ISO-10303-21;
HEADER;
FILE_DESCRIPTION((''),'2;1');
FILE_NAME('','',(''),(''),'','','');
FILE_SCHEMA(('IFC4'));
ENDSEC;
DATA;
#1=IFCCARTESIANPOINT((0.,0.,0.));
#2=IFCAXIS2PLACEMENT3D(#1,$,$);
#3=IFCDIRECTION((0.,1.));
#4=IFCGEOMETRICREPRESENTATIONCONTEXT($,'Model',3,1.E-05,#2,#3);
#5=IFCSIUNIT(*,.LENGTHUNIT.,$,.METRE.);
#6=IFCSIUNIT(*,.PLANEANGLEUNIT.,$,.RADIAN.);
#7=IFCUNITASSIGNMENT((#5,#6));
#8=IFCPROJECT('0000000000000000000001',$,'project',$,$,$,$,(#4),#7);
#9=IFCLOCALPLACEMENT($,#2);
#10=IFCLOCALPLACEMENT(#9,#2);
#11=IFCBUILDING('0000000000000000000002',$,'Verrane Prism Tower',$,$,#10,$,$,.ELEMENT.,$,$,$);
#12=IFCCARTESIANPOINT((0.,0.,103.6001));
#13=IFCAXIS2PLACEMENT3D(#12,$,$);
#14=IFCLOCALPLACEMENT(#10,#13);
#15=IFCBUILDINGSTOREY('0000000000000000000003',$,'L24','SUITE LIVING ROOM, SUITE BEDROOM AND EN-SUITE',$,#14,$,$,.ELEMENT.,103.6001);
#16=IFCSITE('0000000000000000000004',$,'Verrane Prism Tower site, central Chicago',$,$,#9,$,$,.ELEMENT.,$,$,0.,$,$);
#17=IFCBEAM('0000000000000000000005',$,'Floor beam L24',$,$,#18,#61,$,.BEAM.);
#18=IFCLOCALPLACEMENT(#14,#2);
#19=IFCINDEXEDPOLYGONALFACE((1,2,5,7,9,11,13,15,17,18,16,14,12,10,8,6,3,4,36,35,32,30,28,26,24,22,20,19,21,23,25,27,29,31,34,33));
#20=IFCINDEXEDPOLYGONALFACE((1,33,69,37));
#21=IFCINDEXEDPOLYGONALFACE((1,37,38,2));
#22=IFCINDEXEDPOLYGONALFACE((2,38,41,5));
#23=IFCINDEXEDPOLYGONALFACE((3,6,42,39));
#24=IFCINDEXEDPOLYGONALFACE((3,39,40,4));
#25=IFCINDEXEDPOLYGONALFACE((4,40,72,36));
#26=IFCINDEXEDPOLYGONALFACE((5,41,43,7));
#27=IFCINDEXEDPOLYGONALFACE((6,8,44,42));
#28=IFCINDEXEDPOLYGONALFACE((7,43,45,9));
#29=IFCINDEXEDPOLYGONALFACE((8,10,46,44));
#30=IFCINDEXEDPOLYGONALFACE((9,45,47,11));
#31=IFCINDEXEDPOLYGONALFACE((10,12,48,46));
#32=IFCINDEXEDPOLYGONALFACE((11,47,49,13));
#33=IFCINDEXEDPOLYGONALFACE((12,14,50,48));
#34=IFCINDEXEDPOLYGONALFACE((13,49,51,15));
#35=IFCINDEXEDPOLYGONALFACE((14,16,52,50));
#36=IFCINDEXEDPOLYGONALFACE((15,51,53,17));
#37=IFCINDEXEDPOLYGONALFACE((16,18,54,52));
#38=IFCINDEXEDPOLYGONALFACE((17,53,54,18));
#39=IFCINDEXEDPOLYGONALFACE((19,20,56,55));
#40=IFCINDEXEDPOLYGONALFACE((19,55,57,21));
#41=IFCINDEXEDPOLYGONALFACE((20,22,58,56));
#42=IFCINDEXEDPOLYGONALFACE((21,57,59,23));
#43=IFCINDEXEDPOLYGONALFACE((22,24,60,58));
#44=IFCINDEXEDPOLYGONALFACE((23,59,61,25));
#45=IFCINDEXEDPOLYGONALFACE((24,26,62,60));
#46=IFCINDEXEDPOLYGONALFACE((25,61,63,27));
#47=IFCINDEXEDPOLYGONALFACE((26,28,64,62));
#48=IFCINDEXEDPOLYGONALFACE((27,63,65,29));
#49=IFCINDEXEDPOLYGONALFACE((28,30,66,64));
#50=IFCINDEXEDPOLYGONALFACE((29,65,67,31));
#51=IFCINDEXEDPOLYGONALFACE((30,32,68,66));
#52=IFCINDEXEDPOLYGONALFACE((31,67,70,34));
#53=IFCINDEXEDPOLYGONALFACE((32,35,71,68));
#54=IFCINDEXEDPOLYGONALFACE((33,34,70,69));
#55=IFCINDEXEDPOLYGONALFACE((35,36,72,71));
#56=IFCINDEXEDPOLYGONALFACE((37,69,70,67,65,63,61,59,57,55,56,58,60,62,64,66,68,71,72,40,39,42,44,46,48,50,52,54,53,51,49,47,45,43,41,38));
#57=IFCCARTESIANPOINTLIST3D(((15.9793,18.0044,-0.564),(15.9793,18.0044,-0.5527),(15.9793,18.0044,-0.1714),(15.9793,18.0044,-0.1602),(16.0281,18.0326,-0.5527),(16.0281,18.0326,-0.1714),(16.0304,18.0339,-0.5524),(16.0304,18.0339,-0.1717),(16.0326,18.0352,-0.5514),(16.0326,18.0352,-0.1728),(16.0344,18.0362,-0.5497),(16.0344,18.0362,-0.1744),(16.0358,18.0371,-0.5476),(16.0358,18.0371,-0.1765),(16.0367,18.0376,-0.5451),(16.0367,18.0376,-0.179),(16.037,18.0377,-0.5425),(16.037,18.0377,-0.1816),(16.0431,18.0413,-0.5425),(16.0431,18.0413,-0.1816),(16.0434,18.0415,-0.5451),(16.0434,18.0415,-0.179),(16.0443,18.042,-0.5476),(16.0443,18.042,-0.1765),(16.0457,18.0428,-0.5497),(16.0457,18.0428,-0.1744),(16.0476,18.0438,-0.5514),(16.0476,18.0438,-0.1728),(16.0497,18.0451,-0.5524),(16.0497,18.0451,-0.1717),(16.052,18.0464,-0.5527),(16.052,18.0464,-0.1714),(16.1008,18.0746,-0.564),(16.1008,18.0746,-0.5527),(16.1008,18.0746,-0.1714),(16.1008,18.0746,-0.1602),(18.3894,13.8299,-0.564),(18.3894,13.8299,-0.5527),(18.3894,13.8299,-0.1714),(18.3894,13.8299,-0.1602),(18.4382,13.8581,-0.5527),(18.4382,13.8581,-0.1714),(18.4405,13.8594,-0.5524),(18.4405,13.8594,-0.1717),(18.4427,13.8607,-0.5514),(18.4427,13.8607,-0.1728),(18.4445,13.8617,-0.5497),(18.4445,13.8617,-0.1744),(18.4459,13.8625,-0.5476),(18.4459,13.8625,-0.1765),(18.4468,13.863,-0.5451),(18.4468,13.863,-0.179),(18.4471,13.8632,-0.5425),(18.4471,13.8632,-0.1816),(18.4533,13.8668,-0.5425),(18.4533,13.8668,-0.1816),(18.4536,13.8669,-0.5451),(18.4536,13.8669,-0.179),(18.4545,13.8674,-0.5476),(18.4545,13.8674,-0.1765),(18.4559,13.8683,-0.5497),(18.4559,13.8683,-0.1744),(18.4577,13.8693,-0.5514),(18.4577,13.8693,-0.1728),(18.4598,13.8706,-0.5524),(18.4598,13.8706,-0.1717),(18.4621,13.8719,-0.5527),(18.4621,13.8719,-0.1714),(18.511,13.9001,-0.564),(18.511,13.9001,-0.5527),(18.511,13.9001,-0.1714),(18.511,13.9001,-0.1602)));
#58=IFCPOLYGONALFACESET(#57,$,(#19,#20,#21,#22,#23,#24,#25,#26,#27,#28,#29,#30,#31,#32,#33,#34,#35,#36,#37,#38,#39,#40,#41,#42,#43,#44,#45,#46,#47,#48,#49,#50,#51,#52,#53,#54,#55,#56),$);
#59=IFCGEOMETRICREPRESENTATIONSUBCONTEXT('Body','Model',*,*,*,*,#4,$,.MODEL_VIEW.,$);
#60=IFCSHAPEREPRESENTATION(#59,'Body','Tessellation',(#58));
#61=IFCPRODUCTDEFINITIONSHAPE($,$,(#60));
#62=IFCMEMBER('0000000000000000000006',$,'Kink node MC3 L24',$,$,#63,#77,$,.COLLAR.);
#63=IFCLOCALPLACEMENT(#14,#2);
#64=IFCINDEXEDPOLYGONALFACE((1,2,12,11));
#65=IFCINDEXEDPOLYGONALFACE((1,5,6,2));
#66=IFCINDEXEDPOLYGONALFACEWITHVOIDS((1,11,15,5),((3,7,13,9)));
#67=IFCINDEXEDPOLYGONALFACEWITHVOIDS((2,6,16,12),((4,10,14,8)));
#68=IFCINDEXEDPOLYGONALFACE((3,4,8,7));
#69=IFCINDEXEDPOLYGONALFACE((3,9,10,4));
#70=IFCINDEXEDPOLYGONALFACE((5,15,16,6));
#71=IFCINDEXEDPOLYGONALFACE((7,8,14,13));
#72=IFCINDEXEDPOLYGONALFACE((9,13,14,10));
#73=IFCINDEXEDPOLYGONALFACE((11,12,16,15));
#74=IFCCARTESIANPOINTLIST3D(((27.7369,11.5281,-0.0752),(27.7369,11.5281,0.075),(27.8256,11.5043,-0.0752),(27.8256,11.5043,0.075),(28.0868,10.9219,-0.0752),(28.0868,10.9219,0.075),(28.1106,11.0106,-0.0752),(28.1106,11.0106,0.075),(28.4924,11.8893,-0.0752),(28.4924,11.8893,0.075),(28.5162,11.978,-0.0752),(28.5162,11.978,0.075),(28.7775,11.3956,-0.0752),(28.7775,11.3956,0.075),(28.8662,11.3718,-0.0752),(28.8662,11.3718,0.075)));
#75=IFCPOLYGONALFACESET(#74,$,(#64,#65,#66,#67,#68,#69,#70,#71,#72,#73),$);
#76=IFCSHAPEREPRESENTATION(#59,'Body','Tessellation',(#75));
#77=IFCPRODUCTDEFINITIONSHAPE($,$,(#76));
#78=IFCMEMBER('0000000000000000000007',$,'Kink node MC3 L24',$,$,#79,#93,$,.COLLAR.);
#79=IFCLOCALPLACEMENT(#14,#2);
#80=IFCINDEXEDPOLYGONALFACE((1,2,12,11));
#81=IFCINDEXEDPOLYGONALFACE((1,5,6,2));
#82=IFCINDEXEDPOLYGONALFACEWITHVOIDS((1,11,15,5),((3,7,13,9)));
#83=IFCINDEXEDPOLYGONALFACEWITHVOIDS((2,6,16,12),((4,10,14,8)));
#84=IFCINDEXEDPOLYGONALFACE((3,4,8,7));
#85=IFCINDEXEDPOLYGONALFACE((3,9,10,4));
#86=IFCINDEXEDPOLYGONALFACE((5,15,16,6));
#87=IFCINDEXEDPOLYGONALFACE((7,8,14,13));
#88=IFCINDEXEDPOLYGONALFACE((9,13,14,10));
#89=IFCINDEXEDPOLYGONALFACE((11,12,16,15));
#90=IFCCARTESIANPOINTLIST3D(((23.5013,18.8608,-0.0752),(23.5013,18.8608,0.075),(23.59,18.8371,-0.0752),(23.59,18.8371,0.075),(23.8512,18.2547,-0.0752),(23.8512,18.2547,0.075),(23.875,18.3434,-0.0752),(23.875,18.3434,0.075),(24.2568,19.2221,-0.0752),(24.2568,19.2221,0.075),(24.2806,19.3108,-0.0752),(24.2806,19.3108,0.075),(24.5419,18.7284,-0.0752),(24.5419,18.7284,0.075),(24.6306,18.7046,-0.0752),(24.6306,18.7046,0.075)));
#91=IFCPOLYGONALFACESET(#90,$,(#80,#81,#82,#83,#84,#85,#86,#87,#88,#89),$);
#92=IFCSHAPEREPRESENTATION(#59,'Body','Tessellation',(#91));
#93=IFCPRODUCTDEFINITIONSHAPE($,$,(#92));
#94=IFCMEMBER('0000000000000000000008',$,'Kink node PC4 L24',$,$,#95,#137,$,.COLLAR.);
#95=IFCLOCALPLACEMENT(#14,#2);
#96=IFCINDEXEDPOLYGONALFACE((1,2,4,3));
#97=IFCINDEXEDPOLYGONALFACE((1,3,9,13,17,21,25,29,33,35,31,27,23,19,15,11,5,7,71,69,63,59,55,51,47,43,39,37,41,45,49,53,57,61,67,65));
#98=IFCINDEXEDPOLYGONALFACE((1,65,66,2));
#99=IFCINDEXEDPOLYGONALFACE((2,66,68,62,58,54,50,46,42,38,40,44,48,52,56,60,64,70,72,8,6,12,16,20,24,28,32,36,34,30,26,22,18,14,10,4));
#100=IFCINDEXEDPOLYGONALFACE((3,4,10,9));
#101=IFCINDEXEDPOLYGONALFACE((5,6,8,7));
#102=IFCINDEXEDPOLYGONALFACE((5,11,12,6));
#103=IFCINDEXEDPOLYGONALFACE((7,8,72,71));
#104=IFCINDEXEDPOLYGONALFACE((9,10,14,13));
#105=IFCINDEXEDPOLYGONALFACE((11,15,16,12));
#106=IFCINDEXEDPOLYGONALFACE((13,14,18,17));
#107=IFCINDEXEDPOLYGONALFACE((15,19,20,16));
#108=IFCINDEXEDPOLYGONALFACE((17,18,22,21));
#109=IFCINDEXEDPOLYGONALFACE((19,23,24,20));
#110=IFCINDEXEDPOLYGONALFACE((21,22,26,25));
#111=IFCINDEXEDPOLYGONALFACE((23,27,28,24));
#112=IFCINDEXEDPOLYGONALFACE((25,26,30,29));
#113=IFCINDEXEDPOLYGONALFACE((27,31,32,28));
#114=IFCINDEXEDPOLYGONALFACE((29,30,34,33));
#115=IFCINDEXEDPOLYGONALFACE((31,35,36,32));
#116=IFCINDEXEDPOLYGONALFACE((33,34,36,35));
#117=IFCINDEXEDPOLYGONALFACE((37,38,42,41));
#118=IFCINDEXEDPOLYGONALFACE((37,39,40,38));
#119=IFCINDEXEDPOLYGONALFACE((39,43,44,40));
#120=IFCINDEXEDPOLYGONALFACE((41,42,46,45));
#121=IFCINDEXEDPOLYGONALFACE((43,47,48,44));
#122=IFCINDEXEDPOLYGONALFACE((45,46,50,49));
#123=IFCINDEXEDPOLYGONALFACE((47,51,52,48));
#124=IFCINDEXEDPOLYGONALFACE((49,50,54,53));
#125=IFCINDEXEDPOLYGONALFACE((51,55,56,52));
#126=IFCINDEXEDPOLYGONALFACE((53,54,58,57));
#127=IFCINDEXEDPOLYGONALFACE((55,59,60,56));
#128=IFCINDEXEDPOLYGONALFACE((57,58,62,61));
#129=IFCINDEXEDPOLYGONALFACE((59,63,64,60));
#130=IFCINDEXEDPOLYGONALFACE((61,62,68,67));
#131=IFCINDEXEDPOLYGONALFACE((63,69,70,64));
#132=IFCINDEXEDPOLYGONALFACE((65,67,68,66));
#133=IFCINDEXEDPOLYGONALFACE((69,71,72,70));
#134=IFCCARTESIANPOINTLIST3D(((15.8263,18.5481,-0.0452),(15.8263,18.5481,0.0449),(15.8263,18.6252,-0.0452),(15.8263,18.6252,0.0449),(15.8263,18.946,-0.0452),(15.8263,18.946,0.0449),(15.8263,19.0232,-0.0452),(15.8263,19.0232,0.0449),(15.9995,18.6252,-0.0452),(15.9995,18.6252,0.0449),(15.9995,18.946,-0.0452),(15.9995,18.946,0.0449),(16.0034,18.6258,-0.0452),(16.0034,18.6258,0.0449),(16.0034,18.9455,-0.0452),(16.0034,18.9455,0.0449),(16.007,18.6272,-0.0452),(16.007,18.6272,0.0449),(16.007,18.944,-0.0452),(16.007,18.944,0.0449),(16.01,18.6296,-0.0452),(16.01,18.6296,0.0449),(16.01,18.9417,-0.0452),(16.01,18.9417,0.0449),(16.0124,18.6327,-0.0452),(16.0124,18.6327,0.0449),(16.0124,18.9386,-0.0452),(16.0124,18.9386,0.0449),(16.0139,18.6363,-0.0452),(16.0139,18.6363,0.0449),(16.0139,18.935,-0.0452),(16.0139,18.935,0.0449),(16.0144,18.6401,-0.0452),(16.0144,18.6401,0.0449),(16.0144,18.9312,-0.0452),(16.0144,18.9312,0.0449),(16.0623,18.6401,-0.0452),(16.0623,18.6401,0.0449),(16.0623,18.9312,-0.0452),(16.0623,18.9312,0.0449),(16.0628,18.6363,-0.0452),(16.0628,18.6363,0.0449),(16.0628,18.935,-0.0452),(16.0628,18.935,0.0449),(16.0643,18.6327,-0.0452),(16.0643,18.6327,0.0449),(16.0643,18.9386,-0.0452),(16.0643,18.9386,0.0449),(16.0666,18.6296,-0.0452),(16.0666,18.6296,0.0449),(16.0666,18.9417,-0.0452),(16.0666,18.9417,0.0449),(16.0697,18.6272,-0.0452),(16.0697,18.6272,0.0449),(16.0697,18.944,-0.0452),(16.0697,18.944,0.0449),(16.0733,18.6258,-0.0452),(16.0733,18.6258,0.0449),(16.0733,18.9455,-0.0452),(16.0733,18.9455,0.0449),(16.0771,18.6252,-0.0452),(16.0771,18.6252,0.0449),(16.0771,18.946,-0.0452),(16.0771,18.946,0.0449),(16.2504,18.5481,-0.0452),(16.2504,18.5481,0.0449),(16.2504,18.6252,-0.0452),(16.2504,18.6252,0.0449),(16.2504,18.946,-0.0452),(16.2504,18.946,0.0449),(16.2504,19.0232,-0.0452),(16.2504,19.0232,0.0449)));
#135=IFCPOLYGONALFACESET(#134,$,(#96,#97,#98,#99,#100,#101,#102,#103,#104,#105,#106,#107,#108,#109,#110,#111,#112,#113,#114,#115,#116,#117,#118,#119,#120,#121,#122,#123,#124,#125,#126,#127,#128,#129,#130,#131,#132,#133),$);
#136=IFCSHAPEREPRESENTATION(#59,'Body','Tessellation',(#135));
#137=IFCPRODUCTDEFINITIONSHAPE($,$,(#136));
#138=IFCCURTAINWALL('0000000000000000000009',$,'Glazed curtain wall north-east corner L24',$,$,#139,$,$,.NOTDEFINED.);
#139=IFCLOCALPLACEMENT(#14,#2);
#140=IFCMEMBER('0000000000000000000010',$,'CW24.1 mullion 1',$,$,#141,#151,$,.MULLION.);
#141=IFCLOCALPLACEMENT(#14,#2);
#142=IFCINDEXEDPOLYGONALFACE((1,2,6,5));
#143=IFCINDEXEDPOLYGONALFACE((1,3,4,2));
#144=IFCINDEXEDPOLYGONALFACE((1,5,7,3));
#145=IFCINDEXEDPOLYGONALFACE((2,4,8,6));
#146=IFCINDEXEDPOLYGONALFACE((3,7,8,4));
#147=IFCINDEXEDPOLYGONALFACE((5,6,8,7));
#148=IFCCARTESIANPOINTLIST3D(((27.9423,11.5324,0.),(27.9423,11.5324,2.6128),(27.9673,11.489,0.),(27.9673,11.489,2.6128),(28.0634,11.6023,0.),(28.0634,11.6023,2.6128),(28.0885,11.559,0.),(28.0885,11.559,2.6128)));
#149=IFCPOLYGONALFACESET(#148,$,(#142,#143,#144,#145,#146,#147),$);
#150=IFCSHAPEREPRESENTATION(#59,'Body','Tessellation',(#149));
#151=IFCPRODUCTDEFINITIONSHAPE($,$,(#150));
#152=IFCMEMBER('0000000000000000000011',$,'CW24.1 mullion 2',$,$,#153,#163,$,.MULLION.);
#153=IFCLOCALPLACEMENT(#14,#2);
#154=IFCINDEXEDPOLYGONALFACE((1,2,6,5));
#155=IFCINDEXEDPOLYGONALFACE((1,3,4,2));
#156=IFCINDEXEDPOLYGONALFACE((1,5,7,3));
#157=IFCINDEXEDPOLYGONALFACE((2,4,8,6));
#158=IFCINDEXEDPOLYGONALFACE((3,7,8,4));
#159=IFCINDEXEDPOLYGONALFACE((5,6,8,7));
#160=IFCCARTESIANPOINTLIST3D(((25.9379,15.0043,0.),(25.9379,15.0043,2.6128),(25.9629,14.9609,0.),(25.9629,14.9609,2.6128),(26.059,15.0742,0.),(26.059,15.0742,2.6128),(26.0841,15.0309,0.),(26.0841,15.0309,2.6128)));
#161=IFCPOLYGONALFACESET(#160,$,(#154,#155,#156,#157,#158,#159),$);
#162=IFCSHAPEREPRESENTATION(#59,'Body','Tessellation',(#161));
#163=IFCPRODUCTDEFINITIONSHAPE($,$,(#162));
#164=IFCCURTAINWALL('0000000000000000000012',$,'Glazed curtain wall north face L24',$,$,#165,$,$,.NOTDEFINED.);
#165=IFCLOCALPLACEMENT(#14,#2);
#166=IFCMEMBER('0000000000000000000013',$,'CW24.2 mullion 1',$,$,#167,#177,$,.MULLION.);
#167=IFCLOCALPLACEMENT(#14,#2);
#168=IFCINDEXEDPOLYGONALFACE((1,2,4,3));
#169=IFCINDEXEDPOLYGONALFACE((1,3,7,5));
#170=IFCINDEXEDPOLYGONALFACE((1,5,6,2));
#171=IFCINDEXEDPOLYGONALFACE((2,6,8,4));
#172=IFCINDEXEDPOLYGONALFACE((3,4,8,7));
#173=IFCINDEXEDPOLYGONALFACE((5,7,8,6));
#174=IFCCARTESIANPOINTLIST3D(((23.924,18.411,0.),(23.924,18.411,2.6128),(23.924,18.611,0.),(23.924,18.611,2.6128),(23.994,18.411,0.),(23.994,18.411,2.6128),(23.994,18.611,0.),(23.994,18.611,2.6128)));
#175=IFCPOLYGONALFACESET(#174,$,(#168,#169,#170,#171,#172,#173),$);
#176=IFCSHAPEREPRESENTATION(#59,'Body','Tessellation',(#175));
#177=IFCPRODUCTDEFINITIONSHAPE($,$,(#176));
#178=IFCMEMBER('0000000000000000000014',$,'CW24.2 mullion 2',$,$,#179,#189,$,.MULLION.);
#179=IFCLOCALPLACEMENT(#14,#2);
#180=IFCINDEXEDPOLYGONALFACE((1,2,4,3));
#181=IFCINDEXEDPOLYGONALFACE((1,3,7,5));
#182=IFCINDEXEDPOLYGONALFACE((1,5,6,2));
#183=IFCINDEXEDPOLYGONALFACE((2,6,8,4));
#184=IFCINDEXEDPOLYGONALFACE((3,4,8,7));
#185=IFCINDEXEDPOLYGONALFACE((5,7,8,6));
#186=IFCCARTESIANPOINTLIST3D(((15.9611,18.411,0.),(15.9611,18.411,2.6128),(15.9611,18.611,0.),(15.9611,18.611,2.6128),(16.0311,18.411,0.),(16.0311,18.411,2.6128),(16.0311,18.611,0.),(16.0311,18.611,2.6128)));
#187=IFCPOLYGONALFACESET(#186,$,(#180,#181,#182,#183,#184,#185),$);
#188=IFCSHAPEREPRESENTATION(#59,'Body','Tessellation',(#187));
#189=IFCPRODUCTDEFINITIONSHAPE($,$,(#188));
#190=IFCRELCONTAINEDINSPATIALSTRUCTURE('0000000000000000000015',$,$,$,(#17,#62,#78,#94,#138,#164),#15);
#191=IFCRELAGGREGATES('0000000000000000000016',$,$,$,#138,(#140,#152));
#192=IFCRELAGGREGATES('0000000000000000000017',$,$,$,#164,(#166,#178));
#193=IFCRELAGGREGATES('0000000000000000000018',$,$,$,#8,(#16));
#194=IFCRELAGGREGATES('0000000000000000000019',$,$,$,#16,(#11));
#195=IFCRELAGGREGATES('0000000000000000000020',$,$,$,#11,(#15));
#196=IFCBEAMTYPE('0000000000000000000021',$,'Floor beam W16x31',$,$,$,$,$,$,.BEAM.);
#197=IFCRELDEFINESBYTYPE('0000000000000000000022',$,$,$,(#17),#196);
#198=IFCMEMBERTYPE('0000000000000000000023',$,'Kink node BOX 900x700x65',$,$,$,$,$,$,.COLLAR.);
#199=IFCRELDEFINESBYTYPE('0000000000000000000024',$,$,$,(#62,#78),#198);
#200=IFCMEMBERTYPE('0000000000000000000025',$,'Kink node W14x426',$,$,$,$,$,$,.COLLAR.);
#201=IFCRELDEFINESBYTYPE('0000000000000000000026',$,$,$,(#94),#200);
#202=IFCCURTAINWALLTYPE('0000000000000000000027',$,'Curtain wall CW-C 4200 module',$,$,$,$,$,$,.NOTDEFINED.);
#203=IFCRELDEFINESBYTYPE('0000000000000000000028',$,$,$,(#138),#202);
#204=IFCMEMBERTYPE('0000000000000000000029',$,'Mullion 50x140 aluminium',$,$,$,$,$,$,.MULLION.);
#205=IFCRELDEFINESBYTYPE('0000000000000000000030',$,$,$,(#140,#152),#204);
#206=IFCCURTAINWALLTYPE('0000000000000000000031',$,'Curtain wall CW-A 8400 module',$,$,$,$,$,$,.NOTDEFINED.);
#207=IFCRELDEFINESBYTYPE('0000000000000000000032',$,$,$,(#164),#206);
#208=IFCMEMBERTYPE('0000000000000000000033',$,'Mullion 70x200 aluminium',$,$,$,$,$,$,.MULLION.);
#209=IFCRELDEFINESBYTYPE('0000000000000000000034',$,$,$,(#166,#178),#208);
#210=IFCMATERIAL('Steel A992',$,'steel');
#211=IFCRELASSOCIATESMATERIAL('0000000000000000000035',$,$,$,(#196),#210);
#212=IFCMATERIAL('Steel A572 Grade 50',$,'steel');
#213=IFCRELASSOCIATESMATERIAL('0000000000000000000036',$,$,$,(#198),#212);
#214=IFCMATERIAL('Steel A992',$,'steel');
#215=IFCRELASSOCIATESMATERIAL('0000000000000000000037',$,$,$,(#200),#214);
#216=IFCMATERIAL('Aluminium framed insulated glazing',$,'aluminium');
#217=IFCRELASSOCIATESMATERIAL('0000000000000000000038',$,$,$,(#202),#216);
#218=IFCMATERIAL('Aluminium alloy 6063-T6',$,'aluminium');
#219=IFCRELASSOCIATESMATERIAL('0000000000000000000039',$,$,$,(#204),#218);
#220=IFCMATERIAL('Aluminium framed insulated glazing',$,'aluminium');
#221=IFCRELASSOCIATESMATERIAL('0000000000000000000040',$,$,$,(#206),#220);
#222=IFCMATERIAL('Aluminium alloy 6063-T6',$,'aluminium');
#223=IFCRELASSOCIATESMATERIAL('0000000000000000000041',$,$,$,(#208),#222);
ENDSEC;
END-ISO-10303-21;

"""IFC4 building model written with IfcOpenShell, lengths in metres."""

from ifc_helpers import new_model, si_unit, direction, frame, origin, origin_2d, place, context, subcontext, project, spatial, rectangle, hollow_rectangle, i_section, extrude, material, material_profile, profile_set, type_object, element, aggregate, save


model = new_model("IFC4")

# Units and contexts
model_context = context("Model", 3, precision=1e-05, world=origin(), true_north=direction((0.0, 1.0)))
body_context = subcontext(model_context, "Body", "Model", "MODEL_VIEW")
ifc_project = project(units=[si_unit("LENGTHUNIT", "METRE"), si_unit("PLANEANGLEUNIT", "RADIAN")], contexts=[model_context])

# Site, building, storey
site_placement = place(None, origin())
site = spatial("IfcSite", under=ifc_project, at=site_placement, Name="Verrane Prism Tower site, central Chicago", CompositionType="ELEMENT", RefElevation=0.0)
building_placement = place(site_placement, origin())
building = spatial("IfcBuilding", under=site, at=building_placement, Name="Verrane Prism Tower", CompositionType="ELEMENT")
storey_placement = place(building_placement, frame((0.0, 0.0, 103.6001)))
storey = spatial("IfcBuildingStorey", under=building, at=storey_placement, Name="L24", Description="SUITE LIVING ROOM, SUITE BEDROOM AND EN-SUITE", CompositionType="ELEMENT", Elevation=103.6001)

# Beam
ifc_material_1 = material(Name="Steel A992", Category="steel")
ifc_material_profile_1 = material_profile(ifc_material_1, i_section(OverallWidth=0.1404, OverallDepth=0.4038, WebThickness=0.0071, FlangeThickness=0.0112, FilletRadius=0.0103, at=origin_2d()), Name="W16x31")
ifc_profile_set_1 = profile_set([ifc_material_profile_1], Name="Steel A992")
beam_type_1 = type_object("IfcBeamType", Name="Floor beam W16x31", PredefinedType="BEAM", material=ifc_profile_set_1)
beam_1_placement = place(storey_placement, frame((18.4502, 13.865, -0.3621), z_axis=(-0.499996, 0.866028, 0.0), x_axis=(-0.866028, -0.499996, 0.0)))
element("IfcBeam", 1, at=beam_1_placement, inside=storey, type_object=beam_type_1, Name="Floor beam L24", PredefinedType="BEAM", context=body_context, shape_type="SweptSolid", body=[
    extrude(i_section(OverallWidth=0.1404, OverallDepth=0.4038, WebThickness=0.0071, FlangeThickness=0.0112, FilletRadius=0.0103, at=origin_2d()), origin(), (0.0, 0.0, 1.0), 4.8203),
])

# Members
ifc_material_2 = material(Name="Steel A572 Grade 50", Category="steel")
ifc_material_profile_2 = material_profile(ifc_material_2, hollow_rectangle(XDim=0.7, YDim=0.8999, WallThickness=0.0649, at=origin_2d()), Name="BOX 900x700x65")
ifc_profile_set_2 = profile_set([ifc_material_profile_2], Name="Steel A572 Grade 50")
member_type_1 = type_object("IfcMemberType", Name="Kink node BOX 900x700x65", PredefinedType="COLLAR", material=ifc_profile_set_2)
for number, where, z_axis, x_axis, name in (
    (2, (28.3015, 11.45, -0.0752), (0.0, 0.0, 1.0), (0.5, -0.866025, 0.0), "Kink node MC3 L24"),
    (3, (24.0659, 18.7827, -0.0752), (0.0, 0.0, 1.0), (0.5, -0.866025, 0.0), "Kink node MC3 L24"),
):
    element("IfcMember", number, at=place(storey_placement, frame(where, z_axis=z_axis, x_axis=x_axis)), inside=storey, type_object=member_type_1, Name=name, PredefinedType="COLLAR", context=body_context, shape_type="SweptSolid", body=[
        extrude(hollow_rectangle(XDim=0.7, YDim=0.8999, WallThickness=0.0649, at=origin_2d()), origin(), (0.0, 0.0, 1.0), 0.1501),
    ])
ifc_material_3 = material(Name="Steel A992", Category="steel")
ifc_material_profile_3 = material_profile(ifc_material_3, i_section(OverallWidth=0.4241, OverallDepth=0.4751, WebThickness=0.0479, FlangeThickness=0.0771, FilletRadius=0.0149, at=origin_2d()), Name="W14x426")
ifc_profile_set_3 = profile_set([ifc_material_profile_3], Name="Steel A992")
member_type_2 = type_object("IfcMemberType", Name="Kink node W14x426", PredefinedType="COLLAR", material=ifc_profile_set_3)
member_1_placement = place(storey_placement, frame((16.0383, 18.7856, -0.0452), z_axis=(0.0, 0.0, 1.0), x_axis=(1.0, 0.0, 0.0)))
element("IfcMember", 4, at=member_1_placement, inside=storey, type_object=member_type_2, Name="Kink node PC4 L24", PredefinedType="COLLAR", context=body_context, shape_type="SweptSolid", body=[
    extrude(i_section(OverallWidth=0.4241, OverallDepth=0.4751, WebThickness=0.0479, FlangeThickness=0.0771, FilletRadius=0.0149, at=origin_2d()), origin(), (0.0, 0.0, 1.0), 0.0901),
])

# Curtain walls, members
ifc_material_4 = material(Name="Aluminium framed insulated glazing", Category="aluminium")
curtain_wall_type_1 = type_object("IfcCurtainWallType", Name="Curtain wall CW-C 4200 module", PredefinedType="NOTDEFINED", material=ifc_material_4)
curtain_wall_1_placement = place(storey_placement, origin())
curtain_wall_1 = element("IfcCurtainWall", 5, at=curtain_wall_1_placement, inside=storey, type_object=curtain_wall_type_1, Name="Glazed curtain wall north-east corner L24", PredefinedType="NOTDEFINED")
ifc_material_5 = material(Name="Aluminium alloy 6063-T6", Category="aluminium")
ifc_material_profile_4 = material_profile(ifc_material_5, rectangle(XDim=0.1399, YDim=0.05, at=origin_2d()), Name="Mullion 50x140 aluminium")
ifc_profile_set_4 = profile_set([ifc_material_profile_4], Name="Aluminium alloy 6063-T6")
member_type_3 = type_object("IfcMemberType", Name="Mullion 50x140 aluminium", PredefinedType="MULLION", material=ifc_profile_set_4)
member_2_placement = place(storey_placement, frame((28.0154, 11.5457, 0.0), z_axis=(0.0, 0.0, 1.0), x_axis=(-0.866028, -0.499996, 0.0)))
member_2 = element("IfcMember", 6, at=member_2_placement, type_object=member_type_3, Name="CW24.1 mullion 1", PredefinedType="MULLION", context=body_context, shape_type="SweptSolid", body=[
    extrude(rectangle(XDim=0.1399, YDim=0.05, at=origin_2d()), origin(), (0.0, 0.0, 1.0), 2.6128),
])
member_3_placement = place(storey_placement, frame((26.011, 15.0176, 0.0), z_axis=(0.0, 0.0, 1.0), x_axis=(-0.866028, -0.499996, 0.0)))
member_3 = element("IfcMember", 7, at=member_3_placement, type_object=member_type_3, Name="CW24.1 mullion 2", PredefinedType="MULLION", context=body_context, shape_type="SweptSolid", body=[
    extrude(rectangle(XDim=0.1399, YDim=0.05, at=origin_2d()), origin(), (0.0, 0.0, 1.0), 2.6128),
])
ifc_material_6 = material(Name="Aluminium framed insulated glazing", Category="aluminium")
curtain_wall_type_2 = type_object("IfcCurtainWallType", Name="Curtain wall CW-A 8400 module", PredefinedType="NOTDEFINED", material=ifc_material_6)
curtain_wall_2_placement = place(storey_placement, origin())
curtain_wall_2 = element("IfcCurtainWall", 8, at=curtain_wall_2_placement, inside=storey, type_object=curtain_wall_type_2, Name="Glazed curtain wall north face L24", PredefinedType="NOTDEFINED")
ifc_material_7 = material(Name="Aluminium alloy 6063-T6", Category="aluminium")
ifc_material_profile_5 = material_profile(ifc_material_7, rectangle(XDim=0.2, YDim=0.0701, at=origin_2d()), Name="Mullion 70x200 aluminium")
ifc_profile_set_5 = profile_set([ifc_material_profile_5], Name="Aluminium alloy 6063-T6")
member_type_4 = type_object("IfcMemberType", Name="Mullion 70x200 aluminium", PredefinedType="MULLION", material=ifc_profile_set_5)
member_4_placement = place(storey_placement, frame((23.959, 18.511, 0.0), z_axis=(0.0, 0.0, 1.0), x_axis=(0.0, -1.0, 0.0)))
member_4 = element("IfcMember", 9, at=member_4_placement, type_object=member_type_4, Name="CW24.2 mullion 1", PredefinedType="MULLION", context=body_context, shape_type="SweptSolid", body=[
    extrude(rectangle(XDim=0.2, YDim=0.0701, at=origin_2d()), origin(), (0.0, 0.0, 1.0), 2.6128),
])
member_5_placement = place(storey_placement, frame((15.9961, 18.511, 0.0), z_axis=(0.0, 0.0, 1.0), x_axis=(0.0, -1.0, 0.0)))
member_5 = element("IfcMember", 10, at=member_5_placement, type_object=member_type_4, Name="CW24.2 mullion 2", PredefinedType="MULLION", context=body_context, shape_type="SweptSolid", body=[
    extrude(rectangle(XDim=0.2, YDim=0.0701, at=origin_2d()), origin(), (0.0, 0.0, 1.0), 2.6128),
])

aggregate(curtain_wall_1, [member_2, member_3])
aggregate(curtain_wall_2, [member_4, member_5])

save(model, "model.ifc")
